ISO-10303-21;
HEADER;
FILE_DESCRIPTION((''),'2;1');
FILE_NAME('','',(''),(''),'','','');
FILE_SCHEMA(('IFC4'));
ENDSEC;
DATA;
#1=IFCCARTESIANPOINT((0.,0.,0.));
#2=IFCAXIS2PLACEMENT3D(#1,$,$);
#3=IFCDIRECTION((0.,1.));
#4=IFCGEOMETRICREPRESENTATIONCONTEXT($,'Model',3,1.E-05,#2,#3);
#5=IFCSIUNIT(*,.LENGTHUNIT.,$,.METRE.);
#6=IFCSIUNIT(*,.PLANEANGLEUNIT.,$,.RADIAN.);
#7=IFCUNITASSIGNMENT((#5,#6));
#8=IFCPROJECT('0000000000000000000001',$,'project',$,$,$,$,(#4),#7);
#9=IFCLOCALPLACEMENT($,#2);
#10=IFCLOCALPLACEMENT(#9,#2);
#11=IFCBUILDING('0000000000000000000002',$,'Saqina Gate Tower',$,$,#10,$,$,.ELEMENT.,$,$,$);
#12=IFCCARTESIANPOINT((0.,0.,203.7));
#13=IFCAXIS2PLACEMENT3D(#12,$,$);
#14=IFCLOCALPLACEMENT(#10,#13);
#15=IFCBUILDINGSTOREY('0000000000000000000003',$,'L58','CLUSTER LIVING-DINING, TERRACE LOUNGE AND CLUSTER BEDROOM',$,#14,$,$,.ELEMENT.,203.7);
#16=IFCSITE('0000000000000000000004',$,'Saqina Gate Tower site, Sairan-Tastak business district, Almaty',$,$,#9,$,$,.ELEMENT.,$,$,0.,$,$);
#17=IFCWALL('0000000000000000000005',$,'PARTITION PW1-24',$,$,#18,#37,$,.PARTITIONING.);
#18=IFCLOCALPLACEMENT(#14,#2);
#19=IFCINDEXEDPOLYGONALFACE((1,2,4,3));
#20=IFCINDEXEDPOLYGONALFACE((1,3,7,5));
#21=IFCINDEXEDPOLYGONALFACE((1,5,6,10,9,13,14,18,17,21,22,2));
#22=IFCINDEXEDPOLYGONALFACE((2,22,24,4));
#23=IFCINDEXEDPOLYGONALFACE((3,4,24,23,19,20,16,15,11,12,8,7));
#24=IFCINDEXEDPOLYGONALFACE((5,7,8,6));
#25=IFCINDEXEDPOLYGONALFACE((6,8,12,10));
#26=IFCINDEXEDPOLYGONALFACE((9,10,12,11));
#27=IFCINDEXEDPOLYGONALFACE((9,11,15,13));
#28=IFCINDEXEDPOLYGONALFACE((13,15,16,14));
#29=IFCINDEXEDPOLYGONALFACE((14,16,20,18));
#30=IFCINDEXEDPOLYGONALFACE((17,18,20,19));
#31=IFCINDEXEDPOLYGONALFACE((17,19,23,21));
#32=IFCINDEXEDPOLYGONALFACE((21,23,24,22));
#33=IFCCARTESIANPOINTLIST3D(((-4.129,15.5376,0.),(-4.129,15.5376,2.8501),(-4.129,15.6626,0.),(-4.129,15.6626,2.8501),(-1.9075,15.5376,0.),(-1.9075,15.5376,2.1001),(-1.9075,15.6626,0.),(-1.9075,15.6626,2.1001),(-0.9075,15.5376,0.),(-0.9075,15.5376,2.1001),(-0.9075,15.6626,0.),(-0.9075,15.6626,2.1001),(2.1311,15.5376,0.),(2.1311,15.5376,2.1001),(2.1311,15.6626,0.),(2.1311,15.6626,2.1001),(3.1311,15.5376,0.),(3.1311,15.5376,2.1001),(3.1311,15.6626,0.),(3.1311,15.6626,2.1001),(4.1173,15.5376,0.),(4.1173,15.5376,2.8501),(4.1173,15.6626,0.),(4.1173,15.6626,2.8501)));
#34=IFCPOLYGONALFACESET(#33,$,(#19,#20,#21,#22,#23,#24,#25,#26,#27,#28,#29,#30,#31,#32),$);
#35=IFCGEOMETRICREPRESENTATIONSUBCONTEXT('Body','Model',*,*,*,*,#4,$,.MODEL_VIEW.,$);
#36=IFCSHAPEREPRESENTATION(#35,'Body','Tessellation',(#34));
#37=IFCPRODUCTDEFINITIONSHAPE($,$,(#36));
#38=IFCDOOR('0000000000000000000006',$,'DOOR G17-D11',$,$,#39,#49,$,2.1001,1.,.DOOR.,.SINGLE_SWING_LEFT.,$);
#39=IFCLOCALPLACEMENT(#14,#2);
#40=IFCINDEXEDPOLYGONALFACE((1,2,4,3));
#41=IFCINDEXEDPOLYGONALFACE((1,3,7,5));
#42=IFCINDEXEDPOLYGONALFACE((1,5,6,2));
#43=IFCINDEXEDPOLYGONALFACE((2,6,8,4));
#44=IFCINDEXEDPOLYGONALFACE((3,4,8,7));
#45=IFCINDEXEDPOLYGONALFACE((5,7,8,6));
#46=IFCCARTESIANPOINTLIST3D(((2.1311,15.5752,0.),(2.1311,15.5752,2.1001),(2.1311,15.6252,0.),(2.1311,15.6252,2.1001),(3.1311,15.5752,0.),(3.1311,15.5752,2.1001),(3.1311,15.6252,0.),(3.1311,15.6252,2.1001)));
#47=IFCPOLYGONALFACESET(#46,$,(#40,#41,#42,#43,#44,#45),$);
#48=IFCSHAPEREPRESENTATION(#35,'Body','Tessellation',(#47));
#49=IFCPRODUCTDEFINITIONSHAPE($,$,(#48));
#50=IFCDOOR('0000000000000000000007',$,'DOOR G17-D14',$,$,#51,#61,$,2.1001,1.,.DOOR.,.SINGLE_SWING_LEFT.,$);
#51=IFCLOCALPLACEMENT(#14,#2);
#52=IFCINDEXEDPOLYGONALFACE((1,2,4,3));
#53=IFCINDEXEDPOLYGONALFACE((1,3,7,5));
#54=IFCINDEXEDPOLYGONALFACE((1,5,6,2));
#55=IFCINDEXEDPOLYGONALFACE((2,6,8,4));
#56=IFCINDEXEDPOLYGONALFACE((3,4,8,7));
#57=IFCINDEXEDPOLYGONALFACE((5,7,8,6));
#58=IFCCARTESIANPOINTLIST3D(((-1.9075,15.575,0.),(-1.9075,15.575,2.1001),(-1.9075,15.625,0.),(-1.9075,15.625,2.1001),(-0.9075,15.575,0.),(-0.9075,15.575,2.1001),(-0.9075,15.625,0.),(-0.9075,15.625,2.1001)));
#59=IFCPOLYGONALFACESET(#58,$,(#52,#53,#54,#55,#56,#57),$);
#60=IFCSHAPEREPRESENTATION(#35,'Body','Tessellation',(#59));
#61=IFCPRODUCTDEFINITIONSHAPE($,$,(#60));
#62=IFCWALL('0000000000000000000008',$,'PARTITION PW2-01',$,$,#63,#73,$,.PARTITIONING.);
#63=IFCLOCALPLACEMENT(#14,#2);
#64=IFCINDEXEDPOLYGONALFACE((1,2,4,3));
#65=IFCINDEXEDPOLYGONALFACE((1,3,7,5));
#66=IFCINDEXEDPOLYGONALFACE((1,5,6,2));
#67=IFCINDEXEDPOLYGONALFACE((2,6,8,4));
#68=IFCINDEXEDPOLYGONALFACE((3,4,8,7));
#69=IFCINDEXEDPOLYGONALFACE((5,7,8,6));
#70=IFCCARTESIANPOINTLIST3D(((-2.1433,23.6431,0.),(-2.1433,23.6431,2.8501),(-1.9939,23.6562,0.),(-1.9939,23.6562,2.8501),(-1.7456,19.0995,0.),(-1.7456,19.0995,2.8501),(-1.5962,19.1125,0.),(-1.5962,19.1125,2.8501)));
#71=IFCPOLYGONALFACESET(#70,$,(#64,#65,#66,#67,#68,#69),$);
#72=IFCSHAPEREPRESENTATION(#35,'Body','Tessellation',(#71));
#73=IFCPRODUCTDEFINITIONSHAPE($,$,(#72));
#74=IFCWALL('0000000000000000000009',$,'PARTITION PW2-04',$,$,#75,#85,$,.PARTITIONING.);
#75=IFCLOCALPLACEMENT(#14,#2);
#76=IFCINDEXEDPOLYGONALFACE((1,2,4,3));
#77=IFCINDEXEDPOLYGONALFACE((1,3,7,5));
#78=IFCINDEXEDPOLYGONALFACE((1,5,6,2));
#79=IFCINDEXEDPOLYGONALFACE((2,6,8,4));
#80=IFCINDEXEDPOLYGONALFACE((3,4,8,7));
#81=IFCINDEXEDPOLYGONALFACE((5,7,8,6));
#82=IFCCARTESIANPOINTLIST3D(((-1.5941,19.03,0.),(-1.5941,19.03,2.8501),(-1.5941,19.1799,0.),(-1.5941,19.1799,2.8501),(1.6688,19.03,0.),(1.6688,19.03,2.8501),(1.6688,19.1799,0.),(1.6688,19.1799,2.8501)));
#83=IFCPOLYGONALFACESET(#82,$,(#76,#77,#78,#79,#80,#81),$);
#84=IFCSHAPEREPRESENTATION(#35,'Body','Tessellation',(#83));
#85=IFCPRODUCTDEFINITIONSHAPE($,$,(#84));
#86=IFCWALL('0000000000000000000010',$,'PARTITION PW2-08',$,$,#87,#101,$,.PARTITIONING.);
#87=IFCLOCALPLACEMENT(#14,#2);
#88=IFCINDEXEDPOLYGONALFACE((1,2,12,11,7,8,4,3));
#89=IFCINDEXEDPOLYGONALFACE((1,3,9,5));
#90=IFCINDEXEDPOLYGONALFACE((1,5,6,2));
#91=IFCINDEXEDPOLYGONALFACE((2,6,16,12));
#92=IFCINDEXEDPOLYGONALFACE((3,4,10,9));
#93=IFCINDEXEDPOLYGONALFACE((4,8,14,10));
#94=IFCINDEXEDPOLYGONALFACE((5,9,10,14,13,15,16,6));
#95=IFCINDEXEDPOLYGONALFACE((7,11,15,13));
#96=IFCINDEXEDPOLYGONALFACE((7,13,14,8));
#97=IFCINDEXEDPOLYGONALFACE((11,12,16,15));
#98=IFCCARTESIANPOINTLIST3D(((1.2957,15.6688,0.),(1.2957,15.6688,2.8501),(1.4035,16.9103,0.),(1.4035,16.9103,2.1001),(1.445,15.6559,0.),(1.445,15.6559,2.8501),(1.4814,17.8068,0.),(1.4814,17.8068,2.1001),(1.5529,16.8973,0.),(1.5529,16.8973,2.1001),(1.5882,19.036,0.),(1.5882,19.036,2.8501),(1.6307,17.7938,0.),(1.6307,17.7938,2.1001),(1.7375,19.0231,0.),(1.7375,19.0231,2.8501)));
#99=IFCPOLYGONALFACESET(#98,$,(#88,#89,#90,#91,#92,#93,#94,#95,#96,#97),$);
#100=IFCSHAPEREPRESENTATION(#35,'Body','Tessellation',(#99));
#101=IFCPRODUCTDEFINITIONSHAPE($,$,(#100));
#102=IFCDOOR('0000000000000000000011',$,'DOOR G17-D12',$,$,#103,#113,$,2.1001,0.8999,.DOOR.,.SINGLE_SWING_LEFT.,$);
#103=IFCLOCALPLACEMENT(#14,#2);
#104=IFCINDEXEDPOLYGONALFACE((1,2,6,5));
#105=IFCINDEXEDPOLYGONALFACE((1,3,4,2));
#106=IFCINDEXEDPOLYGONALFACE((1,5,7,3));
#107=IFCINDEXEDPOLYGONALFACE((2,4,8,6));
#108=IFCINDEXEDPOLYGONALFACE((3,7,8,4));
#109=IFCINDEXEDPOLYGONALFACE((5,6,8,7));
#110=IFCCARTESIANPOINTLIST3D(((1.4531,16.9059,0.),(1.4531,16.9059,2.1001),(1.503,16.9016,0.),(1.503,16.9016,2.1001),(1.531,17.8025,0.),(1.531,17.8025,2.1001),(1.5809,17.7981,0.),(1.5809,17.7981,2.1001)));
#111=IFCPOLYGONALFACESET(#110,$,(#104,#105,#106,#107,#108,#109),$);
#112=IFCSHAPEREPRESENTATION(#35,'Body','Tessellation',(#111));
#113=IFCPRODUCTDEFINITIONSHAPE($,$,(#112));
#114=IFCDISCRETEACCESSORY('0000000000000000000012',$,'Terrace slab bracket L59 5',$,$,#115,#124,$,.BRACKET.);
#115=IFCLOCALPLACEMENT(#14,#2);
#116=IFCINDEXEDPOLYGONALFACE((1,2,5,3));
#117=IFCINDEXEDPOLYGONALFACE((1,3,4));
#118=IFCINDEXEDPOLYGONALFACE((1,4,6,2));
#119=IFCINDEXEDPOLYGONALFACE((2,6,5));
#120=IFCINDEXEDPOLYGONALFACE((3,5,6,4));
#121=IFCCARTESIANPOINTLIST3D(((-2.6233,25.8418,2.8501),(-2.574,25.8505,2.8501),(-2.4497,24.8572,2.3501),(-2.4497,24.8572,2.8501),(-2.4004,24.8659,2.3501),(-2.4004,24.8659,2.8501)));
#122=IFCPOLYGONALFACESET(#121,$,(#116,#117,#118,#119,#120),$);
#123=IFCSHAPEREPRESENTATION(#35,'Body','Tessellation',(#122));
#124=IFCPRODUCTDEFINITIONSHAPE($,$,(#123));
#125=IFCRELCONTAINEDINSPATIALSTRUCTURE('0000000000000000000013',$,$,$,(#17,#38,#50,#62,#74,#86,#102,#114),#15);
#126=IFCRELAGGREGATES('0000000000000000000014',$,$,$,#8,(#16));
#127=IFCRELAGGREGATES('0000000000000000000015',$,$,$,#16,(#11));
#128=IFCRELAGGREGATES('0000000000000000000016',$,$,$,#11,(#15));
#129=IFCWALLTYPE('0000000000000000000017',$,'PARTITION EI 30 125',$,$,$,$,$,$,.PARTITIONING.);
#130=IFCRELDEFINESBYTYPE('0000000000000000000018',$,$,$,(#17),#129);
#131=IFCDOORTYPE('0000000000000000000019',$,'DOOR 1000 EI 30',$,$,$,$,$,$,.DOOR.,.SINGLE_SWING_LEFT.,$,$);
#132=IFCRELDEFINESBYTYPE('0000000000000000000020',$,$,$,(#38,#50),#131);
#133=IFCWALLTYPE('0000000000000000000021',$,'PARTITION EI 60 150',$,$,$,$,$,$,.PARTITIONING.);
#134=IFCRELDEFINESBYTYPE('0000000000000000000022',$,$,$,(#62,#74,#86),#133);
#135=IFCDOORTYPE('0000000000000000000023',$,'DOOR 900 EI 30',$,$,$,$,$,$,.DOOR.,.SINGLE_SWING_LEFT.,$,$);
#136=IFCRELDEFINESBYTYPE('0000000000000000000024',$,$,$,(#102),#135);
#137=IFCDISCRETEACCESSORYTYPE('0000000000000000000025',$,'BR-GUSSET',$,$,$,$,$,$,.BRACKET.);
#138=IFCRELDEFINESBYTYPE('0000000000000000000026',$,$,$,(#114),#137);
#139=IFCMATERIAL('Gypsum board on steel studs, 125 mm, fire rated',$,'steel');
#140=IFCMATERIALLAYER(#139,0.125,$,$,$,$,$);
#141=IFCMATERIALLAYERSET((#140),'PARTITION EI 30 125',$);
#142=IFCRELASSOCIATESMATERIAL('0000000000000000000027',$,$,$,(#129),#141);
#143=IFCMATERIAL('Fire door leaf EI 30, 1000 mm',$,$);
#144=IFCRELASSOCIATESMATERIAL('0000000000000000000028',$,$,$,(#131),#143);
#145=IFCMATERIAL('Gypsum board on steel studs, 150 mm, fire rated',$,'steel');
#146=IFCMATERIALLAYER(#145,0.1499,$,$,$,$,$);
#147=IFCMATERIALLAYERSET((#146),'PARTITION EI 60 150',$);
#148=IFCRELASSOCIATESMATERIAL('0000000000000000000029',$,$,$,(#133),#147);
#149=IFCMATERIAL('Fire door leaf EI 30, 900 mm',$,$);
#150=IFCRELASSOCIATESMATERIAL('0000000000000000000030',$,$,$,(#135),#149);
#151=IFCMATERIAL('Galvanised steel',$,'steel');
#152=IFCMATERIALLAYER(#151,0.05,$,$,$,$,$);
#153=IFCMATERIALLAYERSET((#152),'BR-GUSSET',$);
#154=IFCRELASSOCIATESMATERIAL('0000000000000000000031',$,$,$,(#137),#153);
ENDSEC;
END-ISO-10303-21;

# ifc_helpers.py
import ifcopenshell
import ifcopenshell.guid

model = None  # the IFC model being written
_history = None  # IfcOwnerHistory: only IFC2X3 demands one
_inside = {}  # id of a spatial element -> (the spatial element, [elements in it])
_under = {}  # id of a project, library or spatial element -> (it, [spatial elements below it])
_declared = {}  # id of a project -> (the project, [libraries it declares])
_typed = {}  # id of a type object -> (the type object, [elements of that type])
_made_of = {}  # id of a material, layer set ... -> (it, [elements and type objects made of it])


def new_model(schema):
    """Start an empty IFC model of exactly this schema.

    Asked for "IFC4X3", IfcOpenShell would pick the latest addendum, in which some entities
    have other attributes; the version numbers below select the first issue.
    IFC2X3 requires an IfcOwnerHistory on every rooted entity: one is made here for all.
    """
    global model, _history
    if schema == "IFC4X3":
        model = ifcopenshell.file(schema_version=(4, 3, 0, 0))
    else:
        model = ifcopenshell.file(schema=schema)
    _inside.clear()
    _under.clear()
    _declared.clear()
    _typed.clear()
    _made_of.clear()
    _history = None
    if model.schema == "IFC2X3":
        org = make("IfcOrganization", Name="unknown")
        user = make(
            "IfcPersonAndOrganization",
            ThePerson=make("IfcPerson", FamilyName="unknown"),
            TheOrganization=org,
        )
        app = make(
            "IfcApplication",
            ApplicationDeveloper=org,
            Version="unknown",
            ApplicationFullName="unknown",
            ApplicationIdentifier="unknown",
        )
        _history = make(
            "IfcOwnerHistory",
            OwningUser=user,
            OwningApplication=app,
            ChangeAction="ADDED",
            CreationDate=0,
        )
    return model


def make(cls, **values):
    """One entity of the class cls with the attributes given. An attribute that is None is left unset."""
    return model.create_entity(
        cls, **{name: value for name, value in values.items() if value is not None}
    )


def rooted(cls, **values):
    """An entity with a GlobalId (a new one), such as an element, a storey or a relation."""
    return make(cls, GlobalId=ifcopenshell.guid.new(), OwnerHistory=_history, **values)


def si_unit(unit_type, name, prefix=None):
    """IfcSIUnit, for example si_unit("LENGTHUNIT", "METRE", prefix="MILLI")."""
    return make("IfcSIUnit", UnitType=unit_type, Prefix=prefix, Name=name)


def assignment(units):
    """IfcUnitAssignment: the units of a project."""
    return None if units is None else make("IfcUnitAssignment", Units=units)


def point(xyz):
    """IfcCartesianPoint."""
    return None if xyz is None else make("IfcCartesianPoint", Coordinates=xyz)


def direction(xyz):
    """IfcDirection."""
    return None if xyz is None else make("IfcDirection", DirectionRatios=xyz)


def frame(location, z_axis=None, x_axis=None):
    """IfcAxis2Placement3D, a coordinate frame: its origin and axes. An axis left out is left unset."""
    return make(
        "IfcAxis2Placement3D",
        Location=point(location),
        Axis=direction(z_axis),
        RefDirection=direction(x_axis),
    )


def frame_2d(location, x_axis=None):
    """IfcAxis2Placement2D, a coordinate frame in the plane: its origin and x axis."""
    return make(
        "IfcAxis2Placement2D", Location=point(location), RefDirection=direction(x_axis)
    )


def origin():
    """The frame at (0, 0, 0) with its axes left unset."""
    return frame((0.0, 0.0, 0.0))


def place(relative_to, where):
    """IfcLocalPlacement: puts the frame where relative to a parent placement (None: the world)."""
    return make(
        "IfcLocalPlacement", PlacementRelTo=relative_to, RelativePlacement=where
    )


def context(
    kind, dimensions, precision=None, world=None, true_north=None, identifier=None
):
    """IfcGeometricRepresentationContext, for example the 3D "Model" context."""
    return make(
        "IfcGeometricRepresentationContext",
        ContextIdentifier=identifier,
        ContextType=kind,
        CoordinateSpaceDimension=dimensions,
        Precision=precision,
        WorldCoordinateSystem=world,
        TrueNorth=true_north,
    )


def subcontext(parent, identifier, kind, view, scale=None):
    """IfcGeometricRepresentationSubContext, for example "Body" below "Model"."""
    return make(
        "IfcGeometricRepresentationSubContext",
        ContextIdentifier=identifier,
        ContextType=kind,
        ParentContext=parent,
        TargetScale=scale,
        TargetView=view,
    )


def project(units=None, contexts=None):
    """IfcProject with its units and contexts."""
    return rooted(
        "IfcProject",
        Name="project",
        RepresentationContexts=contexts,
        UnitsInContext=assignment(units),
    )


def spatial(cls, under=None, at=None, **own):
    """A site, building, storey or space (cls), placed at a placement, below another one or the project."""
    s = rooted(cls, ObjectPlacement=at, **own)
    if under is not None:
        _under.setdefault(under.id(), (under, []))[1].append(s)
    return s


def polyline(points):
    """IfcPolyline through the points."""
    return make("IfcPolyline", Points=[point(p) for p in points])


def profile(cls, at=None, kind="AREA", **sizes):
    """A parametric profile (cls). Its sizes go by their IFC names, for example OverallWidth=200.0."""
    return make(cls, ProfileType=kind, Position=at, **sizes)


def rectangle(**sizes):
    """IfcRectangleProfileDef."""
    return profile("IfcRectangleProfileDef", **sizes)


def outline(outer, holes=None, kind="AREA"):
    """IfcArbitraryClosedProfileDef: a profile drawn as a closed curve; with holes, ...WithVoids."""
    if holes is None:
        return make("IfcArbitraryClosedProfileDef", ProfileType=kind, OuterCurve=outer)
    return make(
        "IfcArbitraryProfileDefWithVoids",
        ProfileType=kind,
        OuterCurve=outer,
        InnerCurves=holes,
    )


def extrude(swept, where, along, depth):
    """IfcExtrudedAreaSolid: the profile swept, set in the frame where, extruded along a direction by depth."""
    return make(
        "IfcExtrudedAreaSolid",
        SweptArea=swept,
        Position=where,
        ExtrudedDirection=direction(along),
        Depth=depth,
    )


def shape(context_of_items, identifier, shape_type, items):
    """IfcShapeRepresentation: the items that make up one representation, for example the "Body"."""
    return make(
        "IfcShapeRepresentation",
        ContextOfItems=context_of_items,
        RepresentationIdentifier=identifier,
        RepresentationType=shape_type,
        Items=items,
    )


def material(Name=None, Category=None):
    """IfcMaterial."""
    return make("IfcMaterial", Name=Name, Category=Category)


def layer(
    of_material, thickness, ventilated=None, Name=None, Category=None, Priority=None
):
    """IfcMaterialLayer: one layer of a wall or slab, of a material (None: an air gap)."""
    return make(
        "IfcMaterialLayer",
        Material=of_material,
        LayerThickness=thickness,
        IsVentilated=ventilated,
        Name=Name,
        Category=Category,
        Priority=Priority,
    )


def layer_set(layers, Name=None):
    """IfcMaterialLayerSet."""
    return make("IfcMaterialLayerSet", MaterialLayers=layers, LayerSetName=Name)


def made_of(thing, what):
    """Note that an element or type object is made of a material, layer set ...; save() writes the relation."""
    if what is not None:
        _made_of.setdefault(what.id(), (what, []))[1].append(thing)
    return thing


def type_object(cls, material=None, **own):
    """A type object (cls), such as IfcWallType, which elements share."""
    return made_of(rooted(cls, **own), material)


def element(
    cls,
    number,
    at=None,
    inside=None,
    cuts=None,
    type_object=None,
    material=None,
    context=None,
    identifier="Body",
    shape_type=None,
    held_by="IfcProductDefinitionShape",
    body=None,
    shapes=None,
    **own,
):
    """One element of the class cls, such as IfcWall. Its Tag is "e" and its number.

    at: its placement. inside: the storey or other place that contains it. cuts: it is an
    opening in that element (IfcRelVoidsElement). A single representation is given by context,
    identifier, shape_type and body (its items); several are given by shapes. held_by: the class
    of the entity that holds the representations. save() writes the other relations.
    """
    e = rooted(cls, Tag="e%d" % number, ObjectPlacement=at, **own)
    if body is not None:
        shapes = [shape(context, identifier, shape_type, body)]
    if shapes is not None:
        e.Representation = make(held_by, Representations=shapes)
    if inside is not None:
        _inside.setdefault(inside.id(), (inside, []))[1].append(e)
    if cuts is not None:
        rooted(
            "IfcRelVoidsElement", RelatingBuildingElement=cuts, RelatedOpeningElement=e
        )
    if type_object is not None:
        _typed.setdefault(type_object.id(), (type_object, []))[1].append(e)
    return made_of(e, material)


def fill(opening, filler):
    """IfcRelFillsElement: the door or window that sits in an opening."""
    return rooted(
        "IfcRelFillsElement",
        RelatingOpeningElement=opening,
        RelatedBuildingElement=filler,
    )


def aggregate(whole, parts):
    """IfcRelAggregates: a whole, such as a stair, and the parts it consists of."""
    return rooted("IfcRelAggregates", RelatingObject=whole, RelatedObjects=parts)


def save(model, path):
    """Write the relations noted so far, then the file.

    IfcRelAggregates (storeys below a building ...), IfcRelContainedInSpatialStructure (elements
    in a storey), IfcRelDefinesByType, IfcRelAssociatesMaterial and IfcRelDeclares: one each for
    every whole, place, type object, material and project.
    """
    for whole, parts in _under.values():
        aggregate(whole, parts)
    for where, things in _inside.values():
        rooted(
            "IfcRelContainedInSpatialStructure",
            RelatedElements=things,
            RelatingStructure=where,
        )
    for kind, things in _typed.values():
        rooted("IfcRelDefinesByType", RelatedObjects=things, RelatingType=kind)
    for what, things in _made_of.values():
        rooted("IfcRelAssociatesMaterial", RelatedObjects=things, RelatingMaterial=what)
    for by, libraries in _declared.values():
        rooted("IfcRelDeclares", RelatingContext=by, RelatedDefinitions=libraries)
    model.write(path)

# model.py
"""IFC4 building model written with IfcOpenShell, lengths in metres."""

from ifc_helpers import new_model, si_unit, direction, frame, frame_2d, origin, place, context, subcontext, project, spatial, polyline, rectangle, outline, extrude, material, layer, layer_set, type_object, element, fill, save


model = new_model("IFC4")

# Units and contexts
model_context = context("Model", 3, precision=1e-05, world=origin(), true_north=direction((0.0, 1.0)))
body_context = subcontext(model_context, "Body", "Model", "MODEL_VIEW")
ifc_project = project(units=[si_unit("LENGTHUNIT", "METRE"), si_unit("PLANEANGLEUNIT", "RADIAN")], contexts=[model_context])

# Site, building, storey
site_placement = place(None, origin())
site = spatial("IfcSite", under=ifc_project, at=site_placement, Name="Saqina Gate Tower site, Sairan-Tastak business district, Almaty", CompositionType="ELEMENT", RefElevation=0.0)
building_placement = place(site_placement, origin())
building = spatial("IfcBuilding", under=site, at=building_placement, Name="Saqina Gate Tower", CompositionType="ELEMENT")
storey_placement = place(building_placement, frame((0.0, 0.0, 203.7)))
storey = spatial("IfcBuildingStorey", under=building, at=storey_placement, Name="L58", Description="CLUSTER LIVING-DINING, TERRACE LOUNGE AND CLUSTER BEDROOM", CompositionType="ELEMENT", Elevation=203.7)

# Shared definitions
ifc_material_1 = material(Name="Gypsum board on steel studs, 125 mm, fire rated", Category="steel")
ifc_layer_1 = layer(ifc_material_1, 0.125)
ifc_layer_set_1 = layer_set([ifc_layer_1], Name="PARTITION EI 30 125")
wall_type_1 = type_object("IfcWallType", Name="PARTITION EI 30 125", PredefinedType="PARTITIONING", material=ifc_layer_set_1)

# Wall, openings, doors
wall_1_placement = place(storey_placement, frame((-4.1289, 15.6001, 0.0), z_axis=(0.0, 0.0, 1.0), x_axis=(1.0, 0.0, 0.0)))
wall_1 = element("IfcWall", 1, at=wall_1_placement, inside=storey, type_object=wall_type_1, Name="PARTITION PW1-24", PredefinedType="PARTITIONING", context=body_context, shape_type="SweptSolid", body=[
    extrude(rectangle(XDim=8.2463, YDim=0.125, at=frame_2d((4.123, 0.0))), origin(), (0.0, 0.0, 1.0), 2.8501),
])
opening_1_placement = place(wall_1_placement, frame((6.26, 0.0, 0.0)))
opening_1 = element("IfcOpeningElement", 2, at=opening_1_placement, cuts=wall_1, PredefinedType="OPENING", context=body_context, shape_type="SweptSolid", body=[
    extrude(rectangle(XDim=1.0, YDim=2.1001, at=frame_2d((0.5, 1.05))), frame((0.0, 0.0745, 0.0), z_axis=(0.0, -1.0, 0.0), x_axis=(1.0, 0.0, 0.0)), (0.0, 0.0, 1.0), 0.1489),
])
opening_2_placement = place(wall_1_placement, frame((2.2214, 0.0, 0.0)))
opening_2 = element("IfcOpeningElement", 3, at=opening_2_placement, cuts=wall_1, PredefinedType="OPENING", context=body_context, shape_type="SweptSolid", body=[
    extrude(rectangle(XDim=1.0, YDim=2.1001, at=frame_2d((0.5, 1.05))), frame((0.0, 0.0745, 0.0), z_axis=(0.0, -1.0, 0.0), x_axis=(1.0, 0.0, 0.0)), (0.0, 0.0, 1.0), 0.1489),
])
ifc_material_2 = material(Name="Fire door leaf EI 30, 1000 mm")
door_type_1 = type_object("IfcDoorType", Name="DOOR 1000 EI 30", OperationType="SINGLE_SWING_LEFT", PredefinedType="DOOR", material=ifc_material_2)
door_1_placement = place(opening_1_placement, frame((1.0, 0.0, 0.0), z_axis=(0.0, 0.0, 1.0), x_axis=(-1.0, 0.0, 0.0)))
door_1 = element("IfcDoor", 4, at=door_1_placement, inside=storey, type_object=door_type_1, Name="DOOR G17-D11", OperationType="SINGLE_SWING_LEFT", OverallHeight=2.1001, OverallWidth=1.0, PredefinedType="DOOR", context=body_context, shape_type="SweptSolid", body=[
    extrude(rectangle(XDim=1.0, YDim=2.1001, at=frame_2d((0.5, 1.05))), frame((0.0, 0.0249, 0.0), z_axis=(0.0, -1.0, 0.0), x_axis=(1.0, 0.0, 0.0)), (0.0, 0.0, 1.0), 0.05),
])
fill(opening_1, door_1)
door_2_placement = place(opening_2_placement, origin())
door_2 = element("IfcDoor", 5, at=door_2_placement, inside=storey, type_object=door_type_1, Name="DOOR G17-D14", OperationType="SINGLE_SWING_LEFT", OverallHeight=2.1001, OverallWidth=1.0, PredefinedType="DOOR", context=body_context, shape_type="SweptSolid", body=[
    extrude(rectangle(XDim=1.0, YDim=2.1001, at=frame_2d((0.5, 1.05))), frame((0.0, 0.0249, 0.0), z_axis=(0.0, -1.0, 0.0), x_axis=(1.0, 0.0, 0.0)), (0.0, 0.0, 1.0), 0.05),
])
fill(opening_2, door_2)

# Walls
ifc_material_3 = material(Name="Gypsum board on steel studs, 150 mm, fire rated", Category="steel")
ifc_layer_2 = layer(ifc_material_3, 0.1499)
ifc_layer_set_2 = layer_set([ifc_layer_2], Name="PARTITION EI 60 150")
wall_type_2 = type_object("IfcWallType", Name="PARTITION EI 60 150", PredefinedType="PARTITIONING", material=ifc_layer_set_2)
wall_2_placement = place(storey_placement, frame((-2.0686, 23.6497, 0.0), z_axis=(0.0, 0.0, 1.0), x_axis=(0.087196, -0.996191, 0.0)))
element("IfcWall", 6, at=wall_2_placement, inside=storey, type_object=wall_type_2, Name="PARTITION PW2-01", PredefinedType="PARTITIONING", context=body_context, shape_type="SweptSolid", body=[
    extrude(rectangle(XDim=4.561, YDim=0.1499, at=frame_2d((2.2805, 0.0))), origin(), (0.0, 0.0, 1.0), 2.8501),
])
wall_3_placement = place(storey_placement, frame((-1.594, 19.105, 0.0), z_axis=(0.0, 0.0, 1.0), x_axis=(1.0, 0.0, 0.0)))
element("IfcWall", 7, at=wall_3_placement, inside=storey, type_object=wall_type_2, Name="PARTITION PW2-04", PredefinedType="PARTITIONING", context=body_context, shape_type="SweptSolid", body=[
    extrude(rectangle(XDim=3.2629, YDim=0.1499, at=frame_2d((1.6313, 0.0))), origin(), (0.0, 0.0, 1.0), 2.8501),
])

# Wall, opening, door
wall_4_placement = place(storey_placement, frame((1.3704, 15.6624, 0.0), z_axis=(0.0, 0.0, 1.0), x_axis=(0.086536, 0.996249, 0.0)))
wall_4 = element("IfcWall", 8, at=wall_4_placement, inside=storey, type_object=wall_type_2, Name="PARTITION PW2-08", PredefinedType="PARTITIONING", context=body_context, shape_type="SweptSolid", body=[
    extrude(rectangle(XDim=3.3799, YDim=0.1499, at=frame_2d((1.6899, 0.0))), origin(), (0.0, 0.0, 1.0), 2.8501),
])
opening_3_placement = place(wall_4_placement, frame((1.2461, 0.0, 0.0)))
opening_3 = element("IfcOpeningElement", 9, at=opening_3_placement, cuts=wall_4, PredefinedType="OPENING", context=body_context, shape_type="SweptSolid", body=[
    extrude(rectangle(XDim=0.8999, YDim=2.1001, at=frame_2d((0.45, 1.05))), frame((0.0, 0.0869, 0.0), z_axis=(0.0, -1.0, 0.0), x_axis=(1.0, 0.0, 0.0)), (0.0, 0.0, 1.0), 0.1738),
])
ifc_material_4 = material(Name="Fire door leaf EI 30, 900 mm")
door_type_2 = type_object("IfcDoorType", Name="DOOR 900 EI 30", OperationType="SINGLE_SWING_LEFT", PredefinedType="DOOR", material=ifc_material_4)
door_3_placement = place(opening_3_placement, frame((0.8999, 0.0, 0.0), z_axis=(0.0, 0.0, 1.0), x_axis=(-1.0, 0.0, 0.0)))
door_3 = element("IfcDoor", 10, at=door_3_placement, inside=storey, type_object=door_type_2, Name="DOOR G17-D12", OperationType="SINGLE_SWING_LEFT", OverallHeight=2.1001, OverallWidth=0.8999, PredefinedType="DOOR", context=body_context, shape_type="SweptSolid", body=[
    extrude(rectangle(XDim=0.8999, YDim=2.1001, at=frame_2d((0.45, 1.05))), frame((0.0, 0.0249, 0.0), z_axis=(0.0, -1.0, 0.0), x_axis=(1.0, 0.0, 0.0)), (0.0, 0.0, 1.0), 0.05),
])
fill(opening_3, door_3)

# Discrete accessory
ifc_material_5 = material(Name="Galvanised steel", Category="steel")
ifc_layer_3 = layer(ifc_material_5, 0.05)
ifc_layer_set_3 = layer_set([ifc_layer_3], Name="BR-GUSSET")
discrete_accessory_type = type_object("IfcDiscreteAccessoryType", Name="BR-GUSSET", PredefinedType="BRACKET", material=ifc_layer_set_3)
discrete_accessory_placement = place(storey_placement, frame((-2.4497, 24.8572, 2.3501), z_axis=(-0.984813, -0.173618, 0.0), x_axis=(0.0, 0.0, 1.0)))
element("IfcDiscreteAccessory", 11, at=discrete_accessory_placement, inside=storey, type_object=discrete_accessory_type, Name="Terrace slab bracket L59 5", PredefinedType="BRACKET", context=body_context, shape_type="SweptSolid", body=[
    extrude(outline(polyline([(0.0, 0.0), (0.5, 0.0), (0.5, 0.9998), (0.0, 0.0)])), origin(), (0.0, 0.0, -1.0), 0.05),
])

save(model, "model.ifc")
